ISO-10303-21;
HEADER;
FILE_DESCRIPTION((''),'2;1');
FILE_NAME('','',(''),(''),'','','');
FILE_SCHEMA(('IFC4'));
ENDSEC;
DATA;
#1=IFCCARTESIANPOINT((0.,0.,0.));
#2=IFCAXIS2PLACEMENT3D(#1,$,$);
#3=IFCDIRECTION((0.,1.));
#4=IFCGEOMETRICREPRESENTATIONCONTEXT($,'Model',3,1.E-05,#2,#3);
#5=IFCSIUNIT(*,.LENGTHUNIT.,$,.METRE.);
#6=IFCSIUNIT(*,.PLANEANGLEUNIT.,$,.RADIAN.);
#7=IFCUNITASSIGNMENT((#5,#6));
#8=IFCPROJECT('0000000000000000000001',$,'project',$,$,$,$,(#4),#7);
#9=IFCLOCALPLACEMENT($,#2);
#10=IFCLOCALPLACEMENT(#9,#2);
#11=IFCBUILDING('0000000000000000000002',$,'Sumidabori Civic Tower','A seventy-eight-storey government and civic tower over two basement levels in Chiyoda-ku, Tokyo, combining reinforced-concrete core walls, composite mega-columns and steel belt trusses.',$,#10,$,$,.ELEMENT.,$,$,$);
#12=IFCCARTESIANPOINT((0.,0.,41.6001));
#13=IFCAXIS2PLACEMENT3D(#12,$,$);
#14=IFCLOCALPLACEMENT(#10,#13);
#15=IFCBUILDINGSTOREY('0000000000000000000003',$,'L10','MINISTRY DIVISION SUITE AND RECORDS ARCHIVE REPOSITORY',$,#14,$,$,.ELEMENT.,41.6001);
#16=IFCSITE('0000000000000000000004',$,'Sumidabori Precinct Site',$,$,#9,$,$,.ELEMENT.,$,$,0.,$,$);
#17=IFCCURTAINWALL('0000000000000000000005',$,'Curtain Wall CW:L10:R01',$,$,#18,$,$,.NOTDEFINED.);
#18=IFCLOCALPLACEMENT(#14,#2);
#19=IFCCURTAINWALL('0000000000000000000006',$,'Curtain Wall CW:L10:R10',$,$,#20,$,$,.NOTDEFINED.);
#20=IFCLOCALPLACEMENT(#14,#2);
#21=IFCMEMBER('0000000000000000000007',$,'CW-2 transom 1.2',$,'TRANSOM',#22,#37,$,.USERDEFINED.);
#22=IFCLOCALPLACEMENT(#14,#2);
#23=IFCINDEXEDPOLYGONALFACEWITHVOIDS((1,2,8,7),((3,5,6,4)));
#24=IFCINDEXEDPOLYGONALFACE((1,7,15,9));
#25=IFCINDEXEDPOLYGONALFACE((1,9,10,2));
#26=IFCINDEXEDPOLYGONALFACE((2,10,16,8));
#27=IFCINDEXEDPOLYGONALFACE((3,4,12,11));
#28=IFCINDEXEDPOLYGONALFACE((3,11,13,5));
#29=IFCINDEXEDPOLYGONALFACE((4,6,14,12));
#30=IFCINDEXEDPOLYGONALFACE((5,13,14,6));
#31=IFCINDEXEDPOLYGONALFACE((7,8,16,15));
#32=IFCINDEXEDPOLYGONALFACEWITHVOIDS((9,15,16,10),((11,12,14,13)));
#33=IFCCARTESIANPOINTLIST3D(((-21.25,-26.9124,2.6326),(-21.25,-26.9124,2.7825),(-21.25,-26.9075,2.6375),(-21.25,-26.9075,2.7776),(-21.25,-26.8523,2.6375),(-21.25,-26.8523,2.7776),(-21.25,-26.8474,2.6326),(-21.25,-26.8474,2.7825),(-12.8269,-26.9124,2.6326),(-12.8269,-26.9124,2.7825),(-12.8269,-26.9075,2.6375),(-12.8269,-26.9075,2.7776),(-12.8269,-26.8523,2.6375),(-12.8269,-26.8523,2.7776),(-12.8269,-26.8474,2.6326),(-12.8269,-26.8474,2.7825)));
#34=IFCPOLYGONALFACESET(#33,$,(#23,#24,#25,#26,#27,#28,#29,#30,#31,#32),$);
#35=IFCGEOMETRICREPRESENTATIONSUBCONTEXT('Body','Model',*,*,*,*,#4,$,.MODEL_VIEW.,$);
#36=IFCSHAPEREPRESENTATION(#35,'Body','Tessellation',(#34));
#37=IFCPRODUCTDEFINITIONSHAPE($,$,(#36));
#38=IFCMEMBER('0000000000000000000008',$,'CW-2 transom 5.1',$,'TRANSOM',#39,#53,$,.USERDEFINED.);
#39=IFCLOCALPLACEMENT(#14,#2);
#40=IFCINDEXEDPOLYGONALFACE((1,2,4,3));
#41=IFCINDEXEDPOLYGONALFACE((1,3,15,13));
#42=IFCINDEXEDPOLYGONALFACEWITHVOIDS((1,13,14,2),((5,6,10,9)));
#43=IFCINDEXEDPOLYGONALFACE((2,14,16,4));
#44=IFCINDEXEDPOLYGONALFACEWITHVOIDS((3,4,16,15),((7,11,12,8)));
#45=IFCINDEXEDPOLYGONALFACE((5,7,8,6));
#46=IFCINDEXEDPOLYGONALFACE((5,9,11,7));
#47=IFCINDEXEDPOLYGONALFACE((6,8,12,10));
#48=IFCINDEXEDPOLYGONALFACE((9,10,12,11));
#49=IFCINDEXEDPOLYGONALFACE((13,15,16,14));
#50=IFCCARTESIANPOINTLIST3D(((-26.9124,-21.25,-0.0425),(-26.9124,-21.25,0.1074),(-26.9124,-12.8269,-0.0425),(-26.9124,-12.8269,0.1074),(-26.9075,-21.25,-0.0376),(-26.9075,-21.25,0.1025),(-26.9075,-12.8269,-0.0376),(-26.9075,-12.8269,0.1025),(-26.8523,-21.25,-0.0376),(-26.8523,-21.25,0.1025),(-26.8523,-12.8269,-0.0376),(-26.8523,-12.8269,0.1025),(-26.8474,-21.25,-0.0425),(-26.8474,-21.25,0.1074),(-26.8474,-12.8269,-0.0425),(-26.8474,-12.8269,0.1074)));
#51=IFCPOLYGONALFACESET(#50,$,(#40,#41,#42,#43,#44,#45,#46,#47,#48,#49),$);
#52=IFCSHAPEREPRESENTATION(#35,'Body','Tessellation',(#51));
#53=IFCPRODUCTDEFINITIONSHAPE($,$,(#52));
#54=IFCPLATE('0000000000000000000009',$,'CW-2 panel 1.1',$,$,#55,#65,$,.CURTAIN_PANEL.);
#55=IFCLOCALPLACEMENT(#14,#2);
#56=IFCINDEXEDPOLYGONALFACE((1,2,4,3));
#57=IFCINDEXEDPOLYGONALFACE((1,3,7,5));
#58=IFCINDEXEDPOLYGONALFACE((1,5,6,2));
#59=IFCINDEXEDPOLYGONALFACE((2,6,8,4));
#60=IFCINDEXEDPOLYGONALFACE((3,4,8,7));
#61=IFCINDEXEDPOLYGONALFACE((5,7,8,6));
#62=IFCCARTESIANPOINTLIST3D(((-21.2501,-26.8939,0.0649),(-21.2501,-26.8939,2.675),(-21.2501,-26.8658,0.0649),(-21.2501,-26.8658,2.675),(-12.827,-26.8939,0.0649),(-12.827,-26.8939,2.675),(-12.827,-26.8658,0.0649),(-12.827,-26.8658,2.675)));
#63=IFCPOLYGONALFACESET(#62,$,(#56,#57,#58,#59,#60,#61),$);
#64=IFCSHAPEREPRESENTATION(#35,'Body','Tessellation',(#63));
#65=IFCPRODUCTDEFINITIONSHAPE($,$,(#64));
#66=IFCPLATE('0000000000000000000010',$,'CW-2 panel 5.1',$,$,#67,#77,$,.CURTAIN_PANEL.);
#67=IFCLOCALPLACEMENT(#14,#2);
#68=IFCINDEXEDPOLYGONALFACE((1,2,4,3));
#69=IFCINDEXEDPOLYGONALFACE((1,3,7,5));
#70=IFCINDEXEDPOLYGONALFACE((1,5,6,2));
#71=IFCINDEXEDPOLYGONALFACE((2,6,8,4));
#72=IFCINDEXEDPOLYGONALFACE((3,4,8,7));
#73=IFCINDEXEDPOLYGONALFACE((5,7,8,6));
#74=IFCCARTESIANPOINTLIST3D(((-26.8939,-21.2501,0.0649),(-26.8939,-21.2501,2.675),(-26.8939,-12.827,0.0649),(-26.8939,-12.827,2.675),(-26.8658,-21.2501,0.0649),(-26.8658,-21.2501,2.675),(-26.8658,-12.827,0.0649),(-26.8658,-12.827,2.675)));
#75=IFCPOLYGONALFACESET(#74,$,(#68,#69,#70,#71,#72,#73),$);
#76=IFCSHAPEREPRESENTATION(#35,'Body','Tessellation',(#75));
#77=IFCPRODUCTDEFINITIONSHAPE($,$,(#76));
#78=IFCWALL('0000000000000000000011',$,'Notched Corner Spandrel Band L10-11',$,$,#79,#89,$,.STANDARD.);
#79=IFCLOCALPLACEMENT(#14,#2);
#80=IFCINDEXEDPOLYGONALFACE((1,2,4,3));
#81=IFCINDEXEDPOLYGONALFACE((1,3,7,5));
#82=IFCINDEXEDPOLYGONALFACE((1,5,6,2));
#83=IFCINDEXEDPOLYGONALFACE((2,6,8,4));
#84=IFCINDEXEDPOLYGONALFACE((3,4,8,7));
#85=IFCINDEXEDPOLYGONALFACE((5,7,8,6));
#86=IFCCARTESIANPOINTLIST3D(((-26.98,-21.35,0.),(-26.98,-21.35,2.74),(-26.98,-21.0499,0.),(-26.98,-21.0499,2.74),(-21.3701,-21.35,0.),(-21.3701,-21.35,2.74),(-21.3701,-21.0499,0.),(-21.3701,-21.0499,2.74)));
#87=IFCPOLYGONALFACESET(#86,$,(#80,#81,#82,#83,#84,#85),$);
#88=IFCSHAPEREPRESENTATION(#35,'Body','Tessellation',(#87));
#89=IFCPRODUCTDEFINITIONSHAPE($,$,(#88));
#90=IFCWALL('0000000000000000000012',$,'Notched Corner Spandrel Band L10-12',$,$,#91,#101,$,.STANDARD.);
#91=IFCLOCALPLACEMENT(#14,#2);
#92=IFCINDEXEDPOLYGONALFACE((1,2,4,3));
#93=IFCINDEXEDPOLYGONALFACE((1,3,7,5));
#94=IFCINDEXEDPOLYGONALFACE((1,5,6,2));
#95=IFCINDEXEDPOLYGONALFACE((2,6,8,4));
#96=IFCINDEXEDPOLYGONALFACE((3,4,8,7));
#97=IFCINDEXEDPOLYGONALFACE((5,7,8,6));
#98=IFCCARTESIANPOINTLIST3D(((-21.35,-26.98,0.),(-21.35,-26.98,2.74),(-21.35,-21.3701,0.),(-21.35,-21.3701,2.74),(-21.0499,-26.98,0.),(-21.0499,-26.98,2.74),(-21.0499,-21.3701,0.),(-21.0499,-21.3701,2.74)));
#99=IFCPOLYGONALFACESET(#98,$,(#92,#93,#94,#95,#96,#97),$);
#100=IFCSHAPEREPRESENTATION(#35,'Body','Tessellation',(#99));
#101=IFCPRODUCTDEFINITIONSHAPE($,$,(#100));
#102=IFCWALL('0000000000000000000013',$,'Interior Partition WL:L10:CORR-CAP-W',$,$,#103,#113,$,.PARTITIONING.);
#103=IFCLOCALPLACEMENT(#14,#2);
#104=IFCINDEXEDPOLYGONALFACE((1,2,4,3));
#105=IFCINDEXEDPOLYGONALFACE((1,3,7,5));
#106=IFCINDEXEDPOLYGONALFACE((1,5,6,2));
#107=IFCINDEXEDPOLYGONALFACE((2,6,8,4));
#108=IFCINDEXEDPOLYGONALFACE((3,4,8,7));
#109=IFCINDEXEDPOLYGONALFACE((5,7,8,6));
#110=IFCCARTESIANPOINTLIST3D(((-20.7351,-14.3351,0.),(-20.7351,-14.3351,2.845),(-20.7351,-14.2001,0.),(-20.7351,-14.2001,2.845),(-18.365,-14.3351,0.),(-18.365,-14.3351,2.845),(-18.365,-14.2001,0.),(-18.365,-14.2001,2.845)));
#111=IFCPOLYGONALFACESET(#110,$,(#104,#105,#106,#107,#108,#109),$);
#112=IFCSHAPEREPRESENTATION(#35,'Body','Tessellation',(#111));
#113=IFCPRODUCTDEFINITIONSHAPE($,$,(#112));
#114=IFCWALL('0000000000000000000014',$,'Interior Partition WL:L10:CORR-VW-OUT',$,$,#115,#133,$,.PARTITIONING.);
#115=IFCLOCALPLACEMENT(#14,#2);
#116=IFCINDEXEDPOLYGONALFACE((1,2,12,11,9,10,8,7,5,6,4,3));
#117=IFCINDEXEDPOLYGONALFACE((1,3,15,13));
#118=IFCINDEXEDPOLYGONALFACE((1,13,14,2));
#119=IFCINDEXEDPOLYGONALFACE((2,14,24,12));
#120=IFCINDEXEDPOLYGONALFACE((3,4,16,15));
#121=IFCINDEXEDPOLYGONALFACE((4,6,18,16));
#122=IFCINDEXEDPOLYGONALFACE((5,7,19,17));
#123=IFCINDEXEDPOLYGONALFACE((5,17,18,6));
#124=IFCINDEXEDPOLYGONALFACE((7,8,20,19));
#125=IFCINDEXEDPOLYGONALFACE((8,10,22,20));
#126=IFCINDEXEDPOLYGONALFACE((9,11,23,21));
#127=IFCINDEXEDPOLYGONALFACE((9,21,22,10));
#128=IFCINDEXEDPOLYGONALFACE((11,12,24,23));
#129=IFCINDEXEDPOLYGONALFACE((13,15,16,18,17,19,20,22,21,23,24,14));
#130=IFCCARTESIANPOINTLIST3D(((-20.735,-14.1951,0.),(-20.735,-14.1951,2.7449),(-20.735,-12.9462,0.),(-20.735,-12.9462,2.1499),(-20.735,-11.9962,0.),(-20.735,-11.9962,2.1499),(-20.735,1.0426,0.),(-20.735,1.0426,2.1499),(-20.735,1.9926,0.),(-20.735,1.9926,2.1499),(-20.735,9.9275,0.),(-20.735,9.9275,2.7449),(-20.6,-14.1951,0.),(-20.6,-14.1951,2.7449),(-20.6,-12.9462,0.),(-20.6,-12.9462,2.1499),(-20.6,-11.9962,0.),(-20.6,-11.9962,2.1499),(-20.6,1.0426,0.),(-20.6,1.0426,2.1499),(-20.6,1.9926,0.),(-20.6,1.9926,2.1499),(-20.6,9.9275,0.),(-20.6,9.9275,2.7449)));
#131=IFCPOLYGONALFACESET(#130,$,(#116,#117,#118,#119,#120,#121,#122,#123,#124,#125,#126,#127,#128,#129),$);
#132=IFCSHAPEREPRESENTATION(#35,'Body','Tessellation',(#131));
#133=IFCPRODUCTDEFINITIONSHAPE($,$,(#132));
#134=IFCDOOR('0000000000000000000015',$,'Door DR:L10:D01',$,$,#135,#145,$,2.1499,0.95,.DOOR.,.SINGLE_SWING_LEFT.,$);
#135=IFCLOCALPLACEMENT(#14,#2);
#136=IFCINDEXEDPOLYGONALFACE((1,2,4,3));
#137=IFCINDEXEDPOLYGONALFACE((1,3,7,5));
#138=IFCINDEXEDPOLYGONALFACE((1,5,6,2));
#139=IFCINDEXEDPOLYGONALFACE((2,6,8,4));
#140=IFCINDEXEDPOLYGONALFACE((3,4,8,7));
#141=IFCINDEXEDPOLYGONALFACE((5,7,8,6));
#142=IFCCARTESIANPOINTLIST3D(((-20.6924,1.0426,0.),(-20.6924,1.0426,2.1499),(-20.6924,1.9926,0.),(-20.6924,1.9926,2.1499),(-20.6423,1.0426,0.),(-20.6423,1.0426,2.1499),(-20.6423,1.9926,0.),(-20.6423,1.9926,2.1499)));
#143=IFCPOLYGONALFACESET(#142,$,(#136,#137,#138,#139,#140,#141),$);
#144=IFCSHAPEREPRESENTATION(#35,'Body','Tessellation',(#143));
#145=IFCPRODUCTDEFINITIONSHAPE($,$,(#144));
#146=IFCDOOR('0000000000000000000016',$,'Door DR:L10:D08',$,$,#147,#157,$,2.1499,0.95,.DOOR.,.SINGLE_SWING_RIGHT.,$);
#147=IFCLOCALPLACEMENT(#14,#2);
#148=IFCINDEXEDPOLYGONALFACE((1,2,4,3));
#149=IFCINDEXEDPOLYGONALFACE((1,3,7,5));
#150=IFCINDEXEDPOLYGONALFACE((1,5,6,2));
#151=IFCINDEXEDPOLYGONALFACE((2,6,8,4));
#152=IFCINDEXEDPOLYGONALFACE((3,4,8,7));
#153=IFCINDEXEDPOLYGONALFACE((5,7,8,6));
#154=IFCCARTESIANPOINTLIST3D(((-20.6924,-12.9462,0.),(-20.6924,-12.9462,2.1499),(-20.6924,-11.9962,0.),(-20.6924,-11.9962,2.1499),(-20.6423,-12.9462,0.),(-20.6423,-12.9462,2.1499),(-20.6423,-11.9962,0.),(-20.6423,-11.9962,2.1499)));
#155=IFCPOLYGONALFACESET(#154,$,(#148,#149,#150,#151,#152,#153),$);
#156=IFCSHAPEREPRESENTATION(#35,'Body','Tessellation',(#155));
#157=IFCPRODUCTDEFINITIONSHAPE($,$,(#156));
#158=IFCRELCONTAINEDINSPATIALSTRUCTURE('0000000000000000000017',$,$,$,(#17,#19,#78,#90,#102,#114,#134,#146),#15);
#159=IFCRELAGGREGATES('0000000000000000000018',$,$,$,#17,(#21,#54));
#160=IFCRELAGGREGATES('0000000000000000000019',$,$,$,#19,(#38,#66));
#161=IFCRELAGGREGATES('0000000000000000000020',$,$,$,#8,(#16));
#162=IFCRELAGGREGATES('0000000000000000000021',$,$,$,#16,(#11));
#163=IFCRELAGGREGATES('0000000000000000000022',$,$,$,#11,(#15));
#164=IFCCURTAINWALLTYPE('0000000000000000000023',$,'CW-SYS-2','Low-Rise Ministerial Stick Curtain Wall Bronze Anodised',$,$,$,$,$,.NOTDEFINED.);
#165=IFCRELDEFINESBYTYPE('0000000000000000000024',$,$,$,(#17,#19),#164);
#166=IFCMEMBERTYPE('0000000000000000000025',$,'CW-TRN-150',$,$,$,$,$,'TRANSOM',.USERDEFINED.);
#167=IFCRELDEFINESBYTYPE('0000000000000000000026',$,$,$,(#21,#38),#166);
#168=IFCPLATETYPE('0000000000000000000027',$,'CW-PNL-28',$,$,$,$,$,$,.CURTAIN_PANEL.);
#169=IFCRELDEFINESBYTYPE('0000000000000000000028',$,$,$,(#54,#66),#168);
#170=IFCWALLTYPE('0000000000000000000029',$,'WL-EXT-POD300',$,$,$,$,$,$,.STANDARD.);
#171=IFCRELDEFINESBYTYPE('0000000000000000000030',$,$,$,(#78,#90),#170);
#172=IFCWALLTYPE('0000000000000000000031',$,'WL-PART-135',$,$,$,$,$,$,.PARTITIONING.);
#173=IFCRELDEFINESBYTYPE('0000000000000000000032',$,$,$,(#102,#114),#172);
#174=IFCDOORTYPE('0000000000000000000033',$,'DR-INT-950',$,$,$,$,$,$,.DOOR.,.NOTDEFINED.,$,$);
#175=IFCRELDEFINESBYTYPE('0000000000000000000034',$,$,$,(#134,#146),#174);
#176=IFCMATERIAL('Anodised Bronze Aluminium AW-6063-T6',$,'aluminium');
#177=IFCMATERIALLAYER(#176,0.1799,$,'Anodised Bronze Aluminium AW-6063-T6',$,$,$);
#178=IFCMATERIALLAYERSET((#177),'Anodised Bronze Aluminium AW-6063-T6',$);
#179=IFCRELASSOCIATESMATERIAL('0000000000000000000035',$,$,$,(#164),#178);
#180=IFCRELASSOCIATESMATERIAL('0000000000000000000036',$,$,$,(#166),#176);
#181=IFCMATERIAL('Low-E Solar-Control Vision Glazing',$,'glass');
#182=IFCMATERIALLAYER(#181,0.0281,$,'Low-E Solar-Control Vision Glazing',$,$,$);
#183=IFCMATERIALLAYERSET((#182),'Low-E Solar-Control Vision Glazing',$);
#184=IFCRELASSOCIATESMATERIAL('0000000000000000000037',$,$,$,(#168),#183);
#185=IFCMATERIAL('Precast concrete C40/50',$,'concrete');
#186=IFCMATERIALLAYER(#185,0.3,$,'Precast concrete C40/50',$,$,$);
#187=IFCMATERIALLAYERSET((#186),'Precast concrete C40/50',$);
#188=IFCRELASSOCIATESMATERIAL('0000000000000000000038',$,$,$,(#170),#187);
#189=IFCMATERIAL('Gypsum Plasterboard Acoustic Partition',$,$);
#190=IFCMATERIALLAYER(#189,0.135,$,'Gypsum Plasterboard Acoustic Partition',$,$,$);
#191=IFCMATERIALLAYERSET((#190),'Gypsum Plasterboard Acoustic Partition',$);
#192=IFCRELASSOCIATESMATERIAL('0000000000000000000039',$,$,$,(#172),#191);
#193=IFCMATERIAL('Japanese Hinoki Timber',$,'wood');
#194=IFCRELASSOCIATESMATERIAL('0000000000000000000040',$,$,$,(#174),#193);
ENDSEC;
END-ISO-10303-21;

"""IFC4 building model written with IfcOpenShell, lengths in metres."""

from ifc_helpers import new_model, si_unit, direction, frame, frame_2d, origin, origin_2d, place, context, subcontext, project, spatial, rectangle, hollow_rectangle, extrude, source, transform, mapped, material, layer, layer_set, material_profile, profile_set, type_object, element, fill, aggregate, save


model = new_model("IFC4")

# Units and contexts
model_context = context("Model", 3, precision=1e-05, world=origin(), true_north=direction((0.0, 1.0)))
body_context = subcontext(model_context, "Body", "Model", "MODEL_VIEW")
ifc_project = project(units=[si_unit("LENGTHUNIT", "METRE"), si_unit("PLANEANGLEUNIT", "RADIAN")], contexts=[model_context])

# Site, building, storey
site_placement = place(None, origin())
site = spatial("IfcSite", under=ifc_project, at=site_placement, Name="Sumidabori Precinct Site", CompositionType="ELEMENT", RefElevation=0.0)
building_placement = place(site_placement, origin())
building = spatial("IfcBuilding", under=site, at=building_placement, Name="Sumidabori Civic Tower", Description="A seventy-eight-storey government and civic tower over two basement levels in Chiyoda-ku, Tokyo, combining reinforced-concrete core walls, composite mega-columns and steel belt trusses.", CompositionType="ELEMENT")
storey_placement = place(building_placement, frame((0.0, 0.0, 41.6001)))
storey = spatial("IfcBuildingStorey", under=building, at=storey_placement, Name="L10", Description="MINISTRY DIVISION SUITE AND RECORDS ARCHIVE REPOSITORY", CompositionType="ELEMENT", Elevation=41.6001)

# Curtain walls
ifc_material_1 = material(Name="Anodised Bronze Aluminium AW-6063-T6", Category="aluminium")
ifc_layer_1 = layer(ifc_material_1, 0.1799, Name="Anodised Bronze Aluminium AW-6063-T6")
ifc_layer_set_1 = layer_set([ifc_layer_1], Name="Anodised Bronze Aluminium AW-6063-T6")
curtain_wall_type = type_object("IfcCurtainWallType", Name="CW-SYS-2", Description="Low-Rise Ministerial Stick Curtain Wall Bronze Anodised", PredefinedType="NOTDEFINED", material=ifc_layer_set_1)
curtain_wall_1_placement = place(storey_placement, origin())
curtain_wall_1 = element("IfcCurtainWall", 1, at=curtain_wall_1_placement, inside=storey, type_object=curtain_wall_type, Name="Curtain Wall CW:L10:R01", PredefinedType="NOTDEFINED")
curtain_wall_2_placement = place(storey_placement, origin())
curtain_wall_2 = element("IfcCurtainWall", 2, at=curtain_wall_2_placement, inside=storey, type_object=curtain_wall_type, Name="Curtain Wall CW:L10:R10", PredefinedType="NOTDEFINED")

# Members
ifc_material_profile_1 = material_profile(ifc_material_1, hollow_rectangle(XDim=0.0649, YDim=0.1499, WallThickness=0.0049, at=origin_2d()), Name="ALU TRANSOM 150x65")
ifc_profile_set_1 = profile_set([ifc_material_profile_1], Name="Anodised Bronze Aluminium AW-6063-T6")
member_type_1 = type_object("IfcMemberType", Name="CW-TRN-150", ElementType="TRANSOM", PredefinedType="USERDEFINED", material=ifc_profile_set_1)
shared_shape_1 = source(origin(), body_context, "Body", "SweptSolid", [
    extrude(hollow_rectangle(XDim=0.0649, YDim=0.1499, WallThickness=0.0049, at=origin_2d()), origin(), (0.0, 0.0, 1.0), 8.4231),
])
member_1_placement = place(storey_placement, frame((-21.25, -26.8799, 2.7075), z_axis=(1.0, 0.0, 0.0), x_axis=(0.0, 1.0, 0.0)))
member_1 = element("IfcMember", 3, at=member_1_placement, type_object=member_type_1, Name="CW-2 transom 1.2", ObjectType="TRANSOM", PredefinedType="USERDEFINED", context=body_context, shape_type="MappedRepresentation", body=[
    mapped(shared_shape_1, transform((0.0, 0.0, 0.0), x_axis=(1.0, 0.0, 0.0), y_axis=(0.0, 1.0, 0.0), z_axis=(0.0, 0.0, 1.0), scale=1.0)),
])
member_2_placement = place(storey_placement, frame((-26.8799, -12.8269, 0.0325), z_axis=(0.0, -1.0, 0.0), x_axis=(1.0, 0.0, 0.0)))
member_2 = element("IfcMember", 4, at=member_2_placement, type_object=member_type_1, Name="CW-2 transom 5.1", ObjectType="TRANSOM", PredefinedType="USERDEFINED", context=body_context, shape_type="MappedRepresentation", body=[
    mapped(shared_shape_1, transform((0.0, 0.0, 0.0), x_axis=(1.0, 0.0, 0.0), y_axis=(0.0, 1.0, 0.0), z_axis=(0.0, 0.0, 1.0), scale=1.0)),
])

# Plates
ifc_material_2 = material(Name="Low-E Solar-Control Vision Glazing", Category="glass")
ifc_layer_2 = layer(ifc_material_2, 0.0281, Name="Low-E Solar-Control Vision Glazing")
ifc_layer_set_2 = layer_set([ifc_layer_2], Name="Low-E Solar-Control Vision Glazing")
plate_type = type_object("IfcPlateType", Name="CW-PNL-28", PredefinedType="CURTAIN_PANEL", material=ifc_layer_set_2)
shared_shape_2 = source(origin(), body_context, "Body", "SweptSolid", [
    extrude(rectangle(XDim=8.4231, YDim=0.0281, at=origin_2d()), origin(), (0.0, 0.0, 1.0), 2.6101),
])
plate_1_placement = place(storey_placement, frame((-17.0386, -26.8799, 0.0649), z_axis=(0.0, 0.0, 1.0), x_axis=(1.0, 0.0, 0.0)))
plate_1 = element("IfcPlate", 5, at=plate_1_placement, type_object=plate_type, Name="CW-2 panel 1.1", PredefinedType="CURTAIN_PANEL", context=body_context, shape_type="MappedRepresentation", body=[
    mapped(shared_shape_2, transform((0.0, 0.0, 0.0), x_axis=(1.0, 0.0, 0.0), y_axis=(0.0, 1.0, 0.0), z_axis=(0.0, 0.0, 1.0), scale=1.0)),
])
aggregate(curtain_wall_1, [member_1, plate_1])
plate_2_placement = place(storey_placement, frame((-26.8799, -17.0386, 0.0649), z_axis=(0.0, 0.0, 1.0), x_axis=(0.0, -1.0, 0.0)))
plate_2 = element("IfcPlate", 6, at=plate_2_placement, type_object=plate_type, Name="CW-2 panel 5.1", PredefinedType="CURTAIN_PANEL", context=body_context, shape_type="MappedRepresentation", body=[
    mapped(shared_shape_2, transform((0.0, 0.0, 0.0), x_axis=(1.0, 0.0, 0.0), y_axis=(0.0, 1.0, 0.0), z_axis=(0.0, 0.0, 1.0), scale=1.0)),
])
aggregate(curtain_wall_2, [member_2, plate_2])

# Walls
ifc_material_3 = material(Name="Precast concrete C40/50", Category="concrete")
ifc_layer_3 = layer(ifc_material_3, 0.3, Name="Precast concrete C40/50")
ifc_layer_set_3 = layer_set([ifc_layer_3], Name="Precast concrete C40/50")
wall_type_1 = type_object("IfcWallType", Name="WL-EXT-POD300", PredefinedType="STANDARD", material=ifc_layer_set_3)
shared_shape_3 = source(origin(), body_context, "Body", "SweptSolid", [
    extrude(rectangle(XDim=5.6099, YDim=0.3, at=frame_2d((2.8049, 0.0))), origin(), (0.0, 0.0, 1.0), 2.74),
])
for number, where, z_axis, x_axis, name in (
    (7, (-26.98, -21.2, 0.0), (0.0, 0.0, 1.0), (1.0, 0.0, 0.0), "Notched Corner Spandrel Band L10-11"),
    (8, (-21.2, -21.3701, 0.0), (0.0, 0.0, 1.0), (0.0, -1.0, 0.0), "Notched Corner Spandrel Band L10-12"),
):
    element("IfcWall", number, at=place(storey_placement, frame(where, z_axis=z_axis, x_axis=x_axis)), inside=storey, type_object=wall_type_1, Name=name, PredefinedType="STANDARD", context=body_context, shape_type="MappedRepresentation", body=[
        mapped(shared_shape_3, transform((0.0, 0.0, 0.0), x_axis=(1.0, 0.0, 0.0), y_axis=(0.0, 1.0, 0.0), z_axis=(0.0, 0.0, 1.0), scale=1.0)),
    ])
ifc_material_4 = material(Name="Gypsum Plasterboard Acoustic Partition")
ifc_layer_4 = layer(ifc_material_4, 0.135, Name="Gypsum Plasterboard Acoustic Partition")
ifc_layer_set_4 = layer_set([ifc_layer_4], Name="Gypsum Plasterboard Acoustic Partition")
wall_type_2 = type_object("IfcWallType", Name="WL-PART-135", PredefinedType="PARTITIONING", material=ifc_layer_set_4)
shared_shape_4 = source(origin(), body_context, "Body", "SweptSolid", [
    extrude(rectangle(XDim=2.3701, YDim=0.135, at=frame_2d((1.1851, 0.0))), origin(), (0.0, 0.0, 1.0), 2.845),
])
wall_1_placement = place(storey_placement, frame((-20.7351, -14.2676, 0.0), z_axis=(0.0, 0.0, 1.0), x_axis=(1.0, 0.0, 0.0)))
element("IfcWall", 9, at=wall_1_placement, inside=storey, type_object=wall_type_2, Name="Interior Partition WL:L10:CORR-CAP-W", PredefinedType="PARTITIONING", context=body_context, shape_type="MappedRepresentation", body=[
    mapped(shared_shape_4, transform((0.0, 0.0, 0.0), x_axis=(1.0, 0.0, 0.0), y_axis=(0.0, 1.0, 0.0), z_axis=(0.0, 0.0, 1.0), scale=1.0)),
])

# Wall, openings, doors
shared_shape_5 = source(origin(), body_context, "Body", "SweptSolid", [
    extrude(rectangle(XDim=24.1226, YDim=0.135, at=frame_2d((12.0613, 0.0))), origin(), (0.0, 0.0, 1.0), 2.7449),
])
wall_2_placement = place(storey_placement, frame((-20.6675, -14.1951, 0.0), z_axis=(0.0, 0.0, 1.0), x_axis=(0.0, 1.0, 0.0)))
wall_2 = element("IfcWall", 10, at=wall_2_placement, inside=storey, type_object=wall_type_2, Name="Interior Partition WL:L10:CORR-VW-OUT", PredefinedType="PARTITIONING", context=body_context, shape_type="MappedRepresentation", body=[
    mapped(shared_shape_5, transform((0.0, 0.0, 0.0), x_axis=(1.0, 0.0, 0.0), y_axis=(0.0, 1.0, 0.0), z_axis=(0.0, 0.0, 1.0), scale=1.0)),
])
opening_1_placement = place(wall_2_placement, frame((15.2375, 0.0, 0.0)))
opening_1 = element("IfcOpeningElement", 11, at=opening_1_placement, cuts=wall_2, PredefinedType="OPENING", context=body_context, shape_type="SweptSolid", body=[
    extrude(rectangle(XDim=0.95, YDim=2.1499, at=frame_2d((0.4751, 1.075))), frame((0.0, 0.0796, 0.0), z_axis=(0.0, -1.0, 0.0), x_axis=(1.0, 0.0, 0.0)), (0.0, 0.0, 1.0), 0.1589),
])
opening_2_placement = place(wall_2_placement, frame((1.2488, 0.0, 0.0)))
opening_2 = element("IfcOpeningElement", 12, at=opening_2_placement, cuts=wall_2, PredefinedType="OPENING", context=body_context, shape_type="SweptSolid", body=[
    extrude(rectangle(XDim=0.95, YDim=2.1499, at=frame_2d((0.4751, 1.075))), frame((0.0, 0.0796, 0.0), z_axis=(0.0, -1.0, 0.0), x_axis=(1.0, 0.0, 0.0)), (0.0, 0.0, 1.0), 0.1589),
])
ifc_material_5 = material(Name="Japanese Hinoki Timber", Category="wood")
door_type = type_object("IfcDoorType", Name="DR-INT-950", OperationType="NOTDEFINED", PredefinedType="DOOR", material=ifc_material_5)
shared_shape_6 = source(origin(), body_context, "Body", "SweptSolid", [
    extrude(rectangle(XDim=0.95, YDim=2.1499, at=frame_2d((0.4751, 1.075))), frame((0.0, 0.0249, 0.0), z_axis=(0.0, -1.0, 0.0), x_axis=(1.0, 0.0, 0.0)), (0.0, 0.0, 1.0), 0.05),
])
door_1_placement = place(opening_1_placement, origin())
door_1 = element("IfcDoor", 13, at=door_1_placement, inside=storey, type_object=door_type, Name="Door DR:L10:D01", OperationType="SINGLE_SWING_LEFT", OverallHeight=2.1499, OverallWidth=0.95, PredefinedType="DOOR", context=body_context, shape_type="MappedRepresentation", body=[
    mapped(shared_shape_6, transform((0.0, 0.0, 0.0), x_axis=(1.0, 0.0, 0.0), y_axis=(0.0, 1.0, 0.0), z_axis=(0.0, 0.0, 1.0), scale=1.0)),
])
fill(opening_1, door_1)
door_2_placement = place(opening_2_placement, origin())
door_2 = element("IfcDoor", 14, at=door_2_placement, inside=storey, type_object=door_type, Name="Door DR:L10:D08", OperationType="SINGLE_SWING_RIGHT", OverallHeight=2.1499, OverallWidth=0.95, PredefinedType="DOOR", context=body_context, shape_type="MappedRepresentation", body=[
    mapped(shared_shape_6, transform((0.0, 0.0, 0.0), x_axis=(1.0, 0.0, 0.0), y_axis=(0.0, 1.0, 0.0), z_axis=(0.0, 0.0, 1.0), scale=1.0)),
])
fill(opening_2, door_2)

save(model, "model.ifc")
